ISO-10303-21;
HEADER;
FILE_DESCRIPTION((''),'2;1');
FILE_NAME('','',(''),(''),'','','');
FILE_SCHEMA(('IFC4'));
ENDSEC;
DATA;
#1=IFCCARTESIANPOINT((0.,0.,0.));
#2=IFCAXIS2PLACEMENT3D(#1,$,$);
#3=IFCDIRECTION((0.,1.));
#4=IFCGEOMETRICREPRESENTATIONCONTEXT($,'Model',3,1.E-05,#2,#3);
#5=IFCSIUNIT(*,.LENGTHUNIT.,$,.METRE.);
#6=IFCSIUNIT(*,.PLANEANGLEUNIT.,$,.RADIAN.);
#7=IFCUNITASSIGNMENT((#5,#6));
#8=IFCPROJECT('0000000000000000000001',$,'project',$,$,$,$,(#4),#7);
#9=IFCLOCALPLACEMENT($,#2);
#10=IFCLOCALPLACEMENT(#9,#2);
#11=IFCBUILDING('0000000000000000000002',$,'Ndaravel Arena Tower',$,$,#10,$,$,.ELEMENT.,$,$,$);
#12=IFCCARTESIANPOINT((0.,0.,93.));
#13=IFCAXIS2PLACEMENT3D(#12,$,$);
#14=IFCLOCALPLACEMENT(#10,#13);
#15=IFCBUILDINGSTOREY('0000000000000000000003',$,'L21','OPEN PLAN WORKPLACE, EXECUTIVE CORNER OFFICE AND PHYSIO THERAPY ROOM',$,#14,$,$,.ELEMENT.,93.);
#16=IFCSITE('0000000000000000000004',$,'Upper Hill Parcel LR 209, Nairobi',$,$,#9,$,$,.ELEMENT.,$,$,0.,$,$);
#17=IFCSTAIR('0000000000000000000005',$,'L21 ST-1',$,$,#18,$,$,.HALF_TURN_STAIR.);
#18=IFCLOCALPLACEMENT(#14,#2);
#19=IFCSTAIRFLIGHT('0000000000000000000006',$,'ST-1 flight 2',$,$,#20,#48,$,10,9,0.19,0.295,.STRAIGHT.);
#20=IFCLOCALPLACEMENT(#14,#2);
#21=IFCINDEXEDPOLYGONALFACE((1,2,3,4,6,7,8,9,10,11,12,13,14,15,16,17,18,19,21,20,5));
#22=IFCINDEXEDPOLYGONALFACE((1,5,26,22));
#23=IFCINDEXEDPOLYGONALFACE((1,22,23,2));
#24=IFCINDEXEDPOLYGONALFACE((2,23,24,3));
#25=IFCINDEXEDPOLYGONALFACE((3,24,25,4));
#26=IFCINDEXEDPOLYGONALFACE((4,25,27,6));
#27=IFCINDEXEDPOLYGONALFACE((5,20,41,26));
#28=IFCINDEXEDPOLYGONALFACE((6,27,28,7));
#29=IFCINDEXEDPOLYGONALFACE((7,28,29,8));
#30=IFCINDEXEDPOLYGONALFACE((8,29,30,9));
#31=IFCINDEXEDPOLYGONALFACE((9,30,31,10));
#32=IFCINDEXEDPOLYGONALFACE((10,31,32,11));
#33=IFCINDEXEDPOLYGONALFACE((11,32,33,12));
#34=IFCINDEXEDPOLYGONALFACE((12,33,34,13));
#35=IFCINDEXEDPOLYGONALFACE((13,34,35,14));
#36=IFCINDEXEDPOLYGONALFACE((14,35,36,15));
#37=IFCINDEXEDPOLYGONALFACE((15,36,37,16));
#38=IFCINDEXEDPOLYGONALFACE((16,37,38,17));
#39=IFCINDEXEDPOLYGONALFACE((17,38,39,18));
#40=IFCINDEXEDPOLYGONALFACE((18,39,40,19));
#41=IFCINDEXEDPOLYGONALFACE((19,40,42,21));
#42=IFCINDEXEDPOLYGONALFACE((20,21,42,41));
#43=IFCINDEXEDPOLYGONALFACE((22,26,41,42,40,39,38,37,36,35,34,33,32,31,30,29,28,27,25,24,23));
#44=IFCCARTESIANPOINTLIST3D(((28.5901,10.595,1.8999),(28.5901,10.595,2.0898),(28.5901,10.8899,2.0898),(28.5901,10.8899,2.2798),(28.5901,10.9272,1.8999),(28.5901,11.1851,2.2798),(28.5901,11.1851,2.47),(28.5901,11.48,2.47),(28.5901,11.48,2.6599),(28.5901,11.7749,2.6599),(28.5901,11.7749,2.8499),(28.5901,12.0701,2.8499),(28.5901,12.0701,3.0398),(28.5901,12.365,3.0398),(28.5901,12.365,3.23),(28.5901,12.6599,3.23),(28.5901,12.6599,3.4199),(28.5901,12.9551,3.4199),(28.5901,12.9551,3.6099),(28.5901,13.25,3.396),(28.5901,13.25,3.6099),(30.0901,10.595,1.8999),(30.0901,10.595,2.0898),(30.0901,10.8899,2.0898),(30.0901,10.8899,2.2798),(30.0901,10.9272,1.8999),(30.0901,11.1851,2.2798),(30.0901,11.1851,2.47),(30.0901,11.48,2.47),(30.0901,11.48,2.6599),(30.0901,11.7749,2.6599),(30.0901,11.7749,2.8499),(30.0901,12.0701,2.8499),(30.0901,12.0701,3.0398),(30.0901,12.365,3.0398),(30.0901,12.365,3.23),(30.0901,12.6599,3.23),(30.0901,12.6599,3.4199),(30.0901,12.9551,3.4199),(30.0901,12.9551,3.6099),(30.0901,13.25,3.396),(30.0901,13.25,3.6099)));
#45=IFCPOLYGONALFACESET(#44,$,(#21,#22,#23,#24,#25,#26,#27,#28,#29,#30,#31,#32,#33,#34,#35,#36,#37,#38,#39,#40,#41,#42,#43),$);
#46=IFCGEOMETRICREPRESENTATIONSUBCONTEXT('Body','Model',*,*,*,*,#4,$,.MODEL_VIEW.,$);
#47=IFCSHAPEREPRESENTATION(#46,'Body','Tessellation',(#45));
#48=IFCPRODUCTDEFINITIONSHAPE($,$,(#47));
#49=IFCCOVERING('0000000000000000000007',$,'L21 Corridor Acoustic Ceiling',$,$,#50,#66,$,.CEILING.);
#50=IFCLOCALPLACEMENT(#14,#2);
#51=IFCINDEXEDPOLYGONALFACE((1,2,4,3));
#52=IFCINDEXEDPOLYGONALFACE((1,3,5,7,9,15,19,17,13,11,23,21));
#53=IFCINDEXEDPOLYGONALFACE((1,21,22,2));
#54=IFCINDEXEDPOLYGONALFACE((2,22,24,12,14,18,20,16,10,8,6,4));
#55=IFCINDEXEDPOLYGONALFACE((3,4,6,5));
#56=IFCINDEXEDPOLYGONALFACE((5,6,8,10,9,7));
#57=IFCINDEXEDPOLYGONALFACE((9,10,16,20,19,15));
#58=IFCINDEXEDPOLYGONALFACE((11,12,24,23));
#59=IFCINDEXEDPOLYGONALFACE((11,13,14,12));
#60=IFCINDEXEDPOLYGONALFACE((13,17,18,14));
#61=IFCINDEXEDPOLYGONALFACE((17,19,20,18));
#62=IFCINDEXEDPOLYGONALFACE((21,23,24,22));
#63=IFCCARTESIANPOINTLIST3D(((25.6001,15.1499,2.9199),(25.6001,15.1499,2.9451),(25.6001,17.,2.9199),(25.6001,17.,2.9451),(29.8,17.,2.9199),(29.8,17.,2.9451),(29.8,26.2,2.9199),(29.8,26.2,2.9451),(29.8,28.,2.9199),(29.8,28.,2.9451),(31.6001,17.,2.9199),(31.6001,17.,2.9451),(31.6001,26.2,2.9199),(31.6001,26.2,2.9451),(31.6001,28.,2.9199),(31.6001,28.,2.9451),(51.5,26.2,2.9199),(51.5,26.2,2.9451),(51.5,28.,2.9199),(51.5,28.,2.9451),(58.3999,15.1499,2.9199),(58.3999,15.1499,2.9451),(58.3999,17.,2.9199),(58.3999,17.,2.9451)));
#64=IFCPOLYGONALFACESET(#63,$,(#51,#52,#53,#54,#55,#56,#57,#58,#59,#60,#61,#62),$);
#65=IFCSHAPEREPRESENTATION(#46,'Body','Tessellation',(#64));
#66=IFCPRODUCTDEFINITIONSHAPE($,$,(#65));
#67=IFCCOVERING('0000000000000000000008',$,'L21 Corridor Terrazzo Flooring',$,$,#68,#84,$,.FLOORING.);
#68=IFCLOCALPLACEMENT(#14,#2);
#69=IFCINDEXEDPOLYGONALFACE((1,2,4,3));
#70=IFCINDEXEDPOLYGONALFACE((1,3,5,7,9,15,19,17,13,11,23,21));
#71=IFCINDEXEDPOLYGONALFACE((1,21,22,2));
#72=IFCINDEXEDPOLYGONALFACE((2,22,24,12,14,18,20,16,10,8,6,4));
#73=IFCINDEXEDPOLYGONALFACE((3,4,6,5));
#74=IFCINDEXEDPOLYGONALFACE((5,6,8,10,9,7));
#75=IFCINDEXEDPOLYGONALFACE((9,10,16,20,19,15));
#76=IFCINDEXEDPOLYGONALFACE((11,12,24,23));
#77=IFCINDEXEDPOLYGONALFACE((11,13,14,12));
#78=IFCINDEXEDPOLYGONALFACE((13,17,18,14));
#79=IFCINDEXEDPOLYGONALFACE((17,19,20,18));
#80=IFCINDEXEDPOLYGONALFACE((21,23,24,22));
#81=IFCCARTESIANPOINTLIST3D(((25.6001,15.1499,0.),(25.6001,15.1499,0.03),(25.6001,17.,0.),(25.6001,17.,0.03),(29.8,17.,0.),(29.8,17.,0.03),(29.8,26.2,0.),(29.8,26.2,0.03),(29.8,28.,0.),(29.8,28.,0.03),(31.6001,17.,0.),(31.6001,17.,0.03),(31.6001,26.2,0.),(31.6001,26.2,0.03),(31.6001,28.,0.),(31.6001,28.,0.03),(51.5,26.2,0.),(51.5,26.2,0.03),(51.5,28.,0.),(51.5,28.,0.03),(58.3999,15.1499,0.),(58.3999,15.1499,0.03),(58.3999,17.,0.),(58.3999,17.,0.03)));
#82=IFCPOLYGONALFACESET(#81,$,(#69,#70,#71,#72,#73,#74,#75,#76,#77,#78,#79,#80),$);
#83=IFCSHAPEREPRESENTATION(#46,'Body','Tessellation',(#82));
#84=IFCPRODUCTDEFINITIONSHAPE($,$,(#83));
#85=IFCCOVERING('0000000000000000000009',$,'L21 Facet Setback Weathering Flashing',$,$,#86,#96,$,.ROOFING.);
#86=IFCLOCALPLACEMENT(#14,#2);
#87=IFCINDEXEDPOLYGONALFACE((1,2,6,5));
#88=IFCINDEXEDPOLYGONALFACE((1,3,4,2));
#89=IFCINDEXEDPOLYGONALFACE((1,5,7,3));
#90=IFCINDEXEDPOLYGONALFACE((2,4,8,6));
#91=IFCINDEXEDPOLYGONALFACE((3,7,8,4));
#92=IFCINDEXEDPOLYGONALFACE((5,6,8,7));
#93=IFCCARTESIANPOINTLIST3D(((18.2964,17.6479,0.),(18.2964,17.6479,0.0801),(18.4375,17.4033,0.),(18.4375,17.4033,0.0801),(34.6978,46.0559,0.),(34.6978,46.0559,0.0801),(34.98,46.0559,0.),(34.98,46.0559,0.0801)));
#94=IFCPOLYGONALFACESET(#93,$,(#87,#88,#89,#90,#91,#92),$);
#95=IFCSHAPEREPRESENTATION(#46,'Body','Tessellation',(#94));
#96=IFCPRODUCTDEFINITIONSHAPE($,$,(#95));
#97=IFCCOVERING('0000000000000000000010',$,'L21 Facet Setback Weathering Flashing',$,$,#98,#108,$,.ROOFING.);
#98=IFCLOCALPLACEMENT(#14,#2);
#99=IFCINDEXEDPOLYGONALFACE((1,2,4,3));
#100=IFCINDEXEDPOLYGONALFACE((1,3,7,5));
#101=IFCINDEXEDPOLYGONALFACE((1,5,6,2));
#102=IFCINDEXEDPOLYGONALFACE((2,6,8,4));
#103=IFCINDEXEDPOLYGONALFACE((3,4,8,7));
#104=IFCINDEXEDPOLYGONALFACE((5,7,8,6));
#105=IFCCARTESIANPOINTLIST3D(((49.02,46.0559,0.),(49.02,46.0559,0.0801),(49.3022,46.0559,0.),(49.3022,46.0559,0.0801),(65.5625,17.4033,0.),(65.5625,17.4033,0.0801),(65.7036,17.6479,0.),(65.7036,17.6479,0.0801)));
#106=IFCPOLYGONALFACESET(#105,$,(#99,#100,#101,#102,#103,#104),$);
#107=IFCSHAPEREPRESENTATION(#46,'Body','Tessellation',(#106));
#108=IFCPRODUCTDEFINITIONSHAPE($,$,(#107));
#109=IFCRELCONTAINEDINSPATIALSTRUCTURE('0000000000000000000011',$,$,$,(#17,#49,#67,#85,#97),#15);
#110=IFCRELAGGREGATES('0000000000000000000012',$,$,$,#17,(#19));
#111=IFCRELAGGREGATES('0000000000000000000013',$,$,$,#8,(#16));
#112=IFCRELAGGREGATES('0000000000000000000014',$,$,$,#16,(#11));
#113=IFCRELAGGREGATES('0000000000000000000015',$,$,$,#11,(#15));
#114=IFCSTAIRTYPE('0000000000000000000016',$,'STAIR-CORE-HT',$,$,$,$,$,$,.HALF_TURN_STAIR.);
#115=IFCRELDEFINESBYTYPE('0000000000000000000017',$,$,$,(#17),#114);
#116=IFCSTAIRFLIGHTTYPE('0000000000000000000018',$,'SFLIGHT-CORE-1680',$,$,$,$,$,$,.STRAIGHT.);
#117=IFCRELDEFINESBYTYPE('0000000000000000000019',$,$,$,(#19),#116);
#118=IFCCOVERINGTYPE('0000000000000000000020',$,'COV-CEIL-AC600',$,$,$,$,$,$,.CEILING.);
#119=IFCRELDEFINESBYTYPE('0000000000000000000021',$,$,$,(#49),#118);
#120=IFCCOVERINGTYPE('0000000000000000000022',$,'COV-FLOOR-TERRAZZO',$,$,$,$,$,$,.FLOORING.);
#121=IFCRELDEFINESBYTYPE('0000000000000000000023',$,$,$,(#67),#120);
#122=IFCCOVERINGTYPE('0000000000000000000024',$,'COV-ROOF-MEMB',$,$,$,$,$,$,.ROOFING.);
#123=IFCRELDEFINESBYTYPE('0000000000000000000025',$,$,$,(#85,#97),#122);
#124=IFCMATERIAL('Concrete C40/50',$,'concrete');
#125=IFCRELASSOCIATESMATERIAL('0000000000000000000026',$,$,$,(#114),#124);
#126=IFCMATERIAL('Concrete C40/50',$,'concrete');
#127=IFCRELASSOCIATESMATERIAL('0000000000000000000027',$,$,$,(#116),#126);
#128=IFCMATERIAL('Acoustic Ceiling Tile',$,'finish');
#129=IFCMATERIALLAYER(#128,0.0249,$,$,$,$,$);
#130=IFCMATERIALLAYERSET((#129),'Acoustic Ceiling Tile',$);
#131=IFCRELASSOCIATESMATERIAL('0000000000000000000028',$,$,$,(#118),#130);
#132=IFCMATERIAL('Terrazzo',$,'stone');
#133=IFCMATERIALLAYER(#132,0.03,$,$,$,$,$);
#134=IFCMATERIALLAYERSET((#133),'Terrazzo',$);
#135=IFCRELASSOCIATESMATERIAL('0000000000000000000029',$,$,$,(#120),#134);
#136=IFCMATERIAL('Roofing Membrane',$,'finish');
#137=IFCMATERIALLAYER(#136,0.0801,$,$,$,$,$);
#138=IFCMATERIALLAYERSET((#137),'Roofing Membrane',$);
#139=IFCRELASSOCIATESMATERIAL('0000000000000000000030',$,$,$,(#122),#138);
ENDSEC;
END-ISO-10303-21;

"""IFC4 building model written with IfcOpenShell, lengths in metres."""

from ifc_helpers import new_model, si_unit, direction, frame, origin, place, context, subcontext, project, spatial, polyline, outline, extrude, material, layer, layer_set, type_object, element, aggregate, save


model = new_model("IFC4")

# Units and contexts
model_context = context("Model", 3, precision=1e-05, world=origin(), true_north=direction((0.0, 1.0)))
body_context = subcontext(model_context, "Body", "Model", "MODEL_VIEW")
ifc_project = project(units=[si_unit("LENGTHUNIT", "METRE"), si_unit("PLANEANGLEUNIT", "RADIAN")], contexts=[model_context])

# Site, building, storey
site_placement = place(None, origin())
site = spatial("IfcSite", under=ifc_project, at=site_placement, Name="Upper Hill Parcel LR 209, Nairobi", CompositionType="ELEMENT", RefElevation=0.0)
building_placement = place(site_placement, origin())
building = spatial("IfcBuilding", under=site, at=building_placement, Name="Ndaravel Arena Tower", CompositionType="ELEMENT")
storey_placement = place(building_placement, frame((0.0, 0.0, 93.0)))
storey = spatial("IfcBuildingStorey", under=building, at=storey_placement, Name="L21", Description="OPEN PLAN WORKPLACE, EXECUTIVE CORNER OFFICE AND PHYSIO THERAPY ROOM", CompositionType="ELEMENT", Elevation=93.0)

# Stair
ifc_material_1 = material(Name="Concrete C40/50", Category="concrete")
stair_type = type_object("IfcStairType", Name="STAIR-CORE-HT", PredefinedType="HALF_TURN_STAIR", material=ifc_material_1)
stair_1_placement = place(storey_placement, origin())
stair_1 = element("IfcStair", 1, at=stair_1_placement, inside=storey, type_object=stair_type, Name="L21 ST-1", PredefinedType="HALF_TURN_STAIR")

# Stair flight
ifc_material_2 = material(Name="Concrete C40/50", Category="concrete")
stair_flight_type = type_object("IfcStairFlightType", Name="SFLIGHT-CORE-1680", PredefinedType="STRAIGHT", material=ifc_material_2)
stair_flight_1_placement = place(storey_placement, frame((29.3401, 10.595, 1.8999), z_axis=(0.0, 0.0, 1.0), x_axis=(0.0, 1.0, 0.0)))
stair_flight_1 = element("IfcStairFlight", 2, at=stair_flight_1_placement, type_object=stair_flight_type, Name="ST-1 flight 2", NumberOfRisers=10, NumberOfTreads=9, PredefinedType="STRAIGHT", RiserHeight=0.19, TreadLength=0.295, context=body_context, shape_type="SweptSolid", body=[
    extrude(outline(polyline([(0.0, 0.0), (0.0, 0.1899), (0.2949, 0.1899), (0.2949, 0.3799), (0.5901, 0.3799), (0.5901, 0.5701), (0.885, 0.5701), (0.885, 0.76), (1.1799, 0.76), (1.1799, 0.95), (1.4751, 0.95), (1.4751, 1.1399), (1.77, 1.1399), (1.77, 1.3301), (2.0649, 1.3301), (2.0649, 1.52), (2.3601, 1.52), (2.3601, 1.71), (2.655, 1.71), (2.655, 1.8999), (2.655, 1.4961), (0.3323, 0.0), (0.0, 0.0)])), frame((0.0, 0.75, 0.0), z_axis=(0.0, -1.0, 0.0), x_axis=(1.0, 0.0, 0.0)), (0.0, 0.0, 1.0), 1.5),
])
aggregate(stair_1, [stair_flight_1])

# Coverings
ifc_material_3 = material(Name="Acoustic Ceiling Tile", Category="finish")
ifc_layer_1 = layer(ifc_material_3, 0.0249)
ifc_layer_set_1 = layer_set([ifc_layer_1], Name="Acoustic Ceiling Tile")
covering_type_1 = type_object("IfcCoveringType", Name="COV-CEIL-AC600", PredefinedType="CEILING", material=ifc_layer_set_1)
covering_1_placement = place(storey_placement, frame((0.0, 0.0, 2.9199)))
element("IfcCovering", 3, at=covering_1_placement, inside=storey, type_object=covering_type_1, Name="L21 Corridor Acoustic Ceiling", PredefinedType="CEILING", context=body_context, shape_type="SweptSolid", body=[
    extrude(outline(polyline([(58.3999, 17.0), (31.6001, 17.0), (31.6001, 26.2), (51.5, 26.2), (51.5, 28.0), (31.6001, 28.0), (29.8, 28.0), (29.8, 26.2), (29.8, 17.0), (25.6001, 17.0), (25.6001, 15.1499), (58.3999, 15.1499), (58.3999, 17.0)])), origin(), (0.0, 0.0, 1.0), 0.0251),
])
ifc_material_4 = material(Name="Terrazzo", Category="stone")
ifc_layer_2 = layer(ifc_material_4, 0.03)
ifc_layer_set_2 = layer_set([ifc_layer_2], Name="Terrazzo")
covering_type_2 = type_object("IfcCoveringType", Name="COV-FLOOR-TERRAZZO", PredefinedType="FLOORING", material=ifc_layer_set_2)
covering_2_placement = place(storey_placement, origin())
element("IfcCovering", 4, at=covering_2_placement, inside=storey, type_object=covering_type_2, Name="L21 Corridor Terrazzo Flooring", PredefinedType="FLOORING", context=body_context, shape_type="SweptSolid", body=[
    extrude(outline(polyline([(58.3999, 17.0), (31.6001, 17.0), (31.6001, 26.2), (51.5, 26.2), (51.5, 28.0), (31.6001, 28.0), (29.8, 28.0), (29.8, 26.2), (29.8, 17.0), (25.6001, 17.0), (25.6001, 15.1499), (58.3999, 15.1499), (58.3999, 17.0)])), origin(), (0.0, 0.0, 1.0), 0.03),
])
ifc_material_5 = material(Name="Roofing Membrane", Category="finish")
ifc_layer_3 = layer(ifc_material_5, 0.0801)
ifc_layer_set_3 = layer_set([ifc_layer_3], Name="Roofing Membrane")
covering_type_3 = type_object("IfcCoveringType", Name="COV-ROOF-MEMB", PredefinedType="ROOFING", material=ifc_layer_set_3)
covering_3_placement = place(storey_placement, origin())
element("IfcCovering", 5, at=covering_3_placement, inside=storey, type_object=covering_type_3, Name="L21 Facet Setback Weathering Flashing", PredefinedType="ROOFING", context=body_context, shape_type="SweptSolid", body=[
    extrude(outline(polyline([(18.2964, 17.6479), (34.6978, 46.0559), (34.98, 46.0559), (18.4375, 17.4033), (18.2964, 17.6479)])), origin(), (0.0, 0.0, 1.0), 0.0801),
])
covering_4_placement = place(storey_placement, origin())
element("IfcCovering", 6, at=covering_4_placement, inside=storey, type_object=covering_type_3, Name="L21 Facet Setback Weathering Flashing", PredefinedType="ROOFING", context=body_context, shape_type="SweptSolid", body=[
    extrude(outline(polyline([(49.3022, 46.0559), (65.7036, 17.6479), (65.5625, 17.4033), (49.02, 46.0559), (49.3022, 46.0559)])), origin(), (0.0, 0.0, 1.0), 0.0801),
])

save(model, "model.ifc")
